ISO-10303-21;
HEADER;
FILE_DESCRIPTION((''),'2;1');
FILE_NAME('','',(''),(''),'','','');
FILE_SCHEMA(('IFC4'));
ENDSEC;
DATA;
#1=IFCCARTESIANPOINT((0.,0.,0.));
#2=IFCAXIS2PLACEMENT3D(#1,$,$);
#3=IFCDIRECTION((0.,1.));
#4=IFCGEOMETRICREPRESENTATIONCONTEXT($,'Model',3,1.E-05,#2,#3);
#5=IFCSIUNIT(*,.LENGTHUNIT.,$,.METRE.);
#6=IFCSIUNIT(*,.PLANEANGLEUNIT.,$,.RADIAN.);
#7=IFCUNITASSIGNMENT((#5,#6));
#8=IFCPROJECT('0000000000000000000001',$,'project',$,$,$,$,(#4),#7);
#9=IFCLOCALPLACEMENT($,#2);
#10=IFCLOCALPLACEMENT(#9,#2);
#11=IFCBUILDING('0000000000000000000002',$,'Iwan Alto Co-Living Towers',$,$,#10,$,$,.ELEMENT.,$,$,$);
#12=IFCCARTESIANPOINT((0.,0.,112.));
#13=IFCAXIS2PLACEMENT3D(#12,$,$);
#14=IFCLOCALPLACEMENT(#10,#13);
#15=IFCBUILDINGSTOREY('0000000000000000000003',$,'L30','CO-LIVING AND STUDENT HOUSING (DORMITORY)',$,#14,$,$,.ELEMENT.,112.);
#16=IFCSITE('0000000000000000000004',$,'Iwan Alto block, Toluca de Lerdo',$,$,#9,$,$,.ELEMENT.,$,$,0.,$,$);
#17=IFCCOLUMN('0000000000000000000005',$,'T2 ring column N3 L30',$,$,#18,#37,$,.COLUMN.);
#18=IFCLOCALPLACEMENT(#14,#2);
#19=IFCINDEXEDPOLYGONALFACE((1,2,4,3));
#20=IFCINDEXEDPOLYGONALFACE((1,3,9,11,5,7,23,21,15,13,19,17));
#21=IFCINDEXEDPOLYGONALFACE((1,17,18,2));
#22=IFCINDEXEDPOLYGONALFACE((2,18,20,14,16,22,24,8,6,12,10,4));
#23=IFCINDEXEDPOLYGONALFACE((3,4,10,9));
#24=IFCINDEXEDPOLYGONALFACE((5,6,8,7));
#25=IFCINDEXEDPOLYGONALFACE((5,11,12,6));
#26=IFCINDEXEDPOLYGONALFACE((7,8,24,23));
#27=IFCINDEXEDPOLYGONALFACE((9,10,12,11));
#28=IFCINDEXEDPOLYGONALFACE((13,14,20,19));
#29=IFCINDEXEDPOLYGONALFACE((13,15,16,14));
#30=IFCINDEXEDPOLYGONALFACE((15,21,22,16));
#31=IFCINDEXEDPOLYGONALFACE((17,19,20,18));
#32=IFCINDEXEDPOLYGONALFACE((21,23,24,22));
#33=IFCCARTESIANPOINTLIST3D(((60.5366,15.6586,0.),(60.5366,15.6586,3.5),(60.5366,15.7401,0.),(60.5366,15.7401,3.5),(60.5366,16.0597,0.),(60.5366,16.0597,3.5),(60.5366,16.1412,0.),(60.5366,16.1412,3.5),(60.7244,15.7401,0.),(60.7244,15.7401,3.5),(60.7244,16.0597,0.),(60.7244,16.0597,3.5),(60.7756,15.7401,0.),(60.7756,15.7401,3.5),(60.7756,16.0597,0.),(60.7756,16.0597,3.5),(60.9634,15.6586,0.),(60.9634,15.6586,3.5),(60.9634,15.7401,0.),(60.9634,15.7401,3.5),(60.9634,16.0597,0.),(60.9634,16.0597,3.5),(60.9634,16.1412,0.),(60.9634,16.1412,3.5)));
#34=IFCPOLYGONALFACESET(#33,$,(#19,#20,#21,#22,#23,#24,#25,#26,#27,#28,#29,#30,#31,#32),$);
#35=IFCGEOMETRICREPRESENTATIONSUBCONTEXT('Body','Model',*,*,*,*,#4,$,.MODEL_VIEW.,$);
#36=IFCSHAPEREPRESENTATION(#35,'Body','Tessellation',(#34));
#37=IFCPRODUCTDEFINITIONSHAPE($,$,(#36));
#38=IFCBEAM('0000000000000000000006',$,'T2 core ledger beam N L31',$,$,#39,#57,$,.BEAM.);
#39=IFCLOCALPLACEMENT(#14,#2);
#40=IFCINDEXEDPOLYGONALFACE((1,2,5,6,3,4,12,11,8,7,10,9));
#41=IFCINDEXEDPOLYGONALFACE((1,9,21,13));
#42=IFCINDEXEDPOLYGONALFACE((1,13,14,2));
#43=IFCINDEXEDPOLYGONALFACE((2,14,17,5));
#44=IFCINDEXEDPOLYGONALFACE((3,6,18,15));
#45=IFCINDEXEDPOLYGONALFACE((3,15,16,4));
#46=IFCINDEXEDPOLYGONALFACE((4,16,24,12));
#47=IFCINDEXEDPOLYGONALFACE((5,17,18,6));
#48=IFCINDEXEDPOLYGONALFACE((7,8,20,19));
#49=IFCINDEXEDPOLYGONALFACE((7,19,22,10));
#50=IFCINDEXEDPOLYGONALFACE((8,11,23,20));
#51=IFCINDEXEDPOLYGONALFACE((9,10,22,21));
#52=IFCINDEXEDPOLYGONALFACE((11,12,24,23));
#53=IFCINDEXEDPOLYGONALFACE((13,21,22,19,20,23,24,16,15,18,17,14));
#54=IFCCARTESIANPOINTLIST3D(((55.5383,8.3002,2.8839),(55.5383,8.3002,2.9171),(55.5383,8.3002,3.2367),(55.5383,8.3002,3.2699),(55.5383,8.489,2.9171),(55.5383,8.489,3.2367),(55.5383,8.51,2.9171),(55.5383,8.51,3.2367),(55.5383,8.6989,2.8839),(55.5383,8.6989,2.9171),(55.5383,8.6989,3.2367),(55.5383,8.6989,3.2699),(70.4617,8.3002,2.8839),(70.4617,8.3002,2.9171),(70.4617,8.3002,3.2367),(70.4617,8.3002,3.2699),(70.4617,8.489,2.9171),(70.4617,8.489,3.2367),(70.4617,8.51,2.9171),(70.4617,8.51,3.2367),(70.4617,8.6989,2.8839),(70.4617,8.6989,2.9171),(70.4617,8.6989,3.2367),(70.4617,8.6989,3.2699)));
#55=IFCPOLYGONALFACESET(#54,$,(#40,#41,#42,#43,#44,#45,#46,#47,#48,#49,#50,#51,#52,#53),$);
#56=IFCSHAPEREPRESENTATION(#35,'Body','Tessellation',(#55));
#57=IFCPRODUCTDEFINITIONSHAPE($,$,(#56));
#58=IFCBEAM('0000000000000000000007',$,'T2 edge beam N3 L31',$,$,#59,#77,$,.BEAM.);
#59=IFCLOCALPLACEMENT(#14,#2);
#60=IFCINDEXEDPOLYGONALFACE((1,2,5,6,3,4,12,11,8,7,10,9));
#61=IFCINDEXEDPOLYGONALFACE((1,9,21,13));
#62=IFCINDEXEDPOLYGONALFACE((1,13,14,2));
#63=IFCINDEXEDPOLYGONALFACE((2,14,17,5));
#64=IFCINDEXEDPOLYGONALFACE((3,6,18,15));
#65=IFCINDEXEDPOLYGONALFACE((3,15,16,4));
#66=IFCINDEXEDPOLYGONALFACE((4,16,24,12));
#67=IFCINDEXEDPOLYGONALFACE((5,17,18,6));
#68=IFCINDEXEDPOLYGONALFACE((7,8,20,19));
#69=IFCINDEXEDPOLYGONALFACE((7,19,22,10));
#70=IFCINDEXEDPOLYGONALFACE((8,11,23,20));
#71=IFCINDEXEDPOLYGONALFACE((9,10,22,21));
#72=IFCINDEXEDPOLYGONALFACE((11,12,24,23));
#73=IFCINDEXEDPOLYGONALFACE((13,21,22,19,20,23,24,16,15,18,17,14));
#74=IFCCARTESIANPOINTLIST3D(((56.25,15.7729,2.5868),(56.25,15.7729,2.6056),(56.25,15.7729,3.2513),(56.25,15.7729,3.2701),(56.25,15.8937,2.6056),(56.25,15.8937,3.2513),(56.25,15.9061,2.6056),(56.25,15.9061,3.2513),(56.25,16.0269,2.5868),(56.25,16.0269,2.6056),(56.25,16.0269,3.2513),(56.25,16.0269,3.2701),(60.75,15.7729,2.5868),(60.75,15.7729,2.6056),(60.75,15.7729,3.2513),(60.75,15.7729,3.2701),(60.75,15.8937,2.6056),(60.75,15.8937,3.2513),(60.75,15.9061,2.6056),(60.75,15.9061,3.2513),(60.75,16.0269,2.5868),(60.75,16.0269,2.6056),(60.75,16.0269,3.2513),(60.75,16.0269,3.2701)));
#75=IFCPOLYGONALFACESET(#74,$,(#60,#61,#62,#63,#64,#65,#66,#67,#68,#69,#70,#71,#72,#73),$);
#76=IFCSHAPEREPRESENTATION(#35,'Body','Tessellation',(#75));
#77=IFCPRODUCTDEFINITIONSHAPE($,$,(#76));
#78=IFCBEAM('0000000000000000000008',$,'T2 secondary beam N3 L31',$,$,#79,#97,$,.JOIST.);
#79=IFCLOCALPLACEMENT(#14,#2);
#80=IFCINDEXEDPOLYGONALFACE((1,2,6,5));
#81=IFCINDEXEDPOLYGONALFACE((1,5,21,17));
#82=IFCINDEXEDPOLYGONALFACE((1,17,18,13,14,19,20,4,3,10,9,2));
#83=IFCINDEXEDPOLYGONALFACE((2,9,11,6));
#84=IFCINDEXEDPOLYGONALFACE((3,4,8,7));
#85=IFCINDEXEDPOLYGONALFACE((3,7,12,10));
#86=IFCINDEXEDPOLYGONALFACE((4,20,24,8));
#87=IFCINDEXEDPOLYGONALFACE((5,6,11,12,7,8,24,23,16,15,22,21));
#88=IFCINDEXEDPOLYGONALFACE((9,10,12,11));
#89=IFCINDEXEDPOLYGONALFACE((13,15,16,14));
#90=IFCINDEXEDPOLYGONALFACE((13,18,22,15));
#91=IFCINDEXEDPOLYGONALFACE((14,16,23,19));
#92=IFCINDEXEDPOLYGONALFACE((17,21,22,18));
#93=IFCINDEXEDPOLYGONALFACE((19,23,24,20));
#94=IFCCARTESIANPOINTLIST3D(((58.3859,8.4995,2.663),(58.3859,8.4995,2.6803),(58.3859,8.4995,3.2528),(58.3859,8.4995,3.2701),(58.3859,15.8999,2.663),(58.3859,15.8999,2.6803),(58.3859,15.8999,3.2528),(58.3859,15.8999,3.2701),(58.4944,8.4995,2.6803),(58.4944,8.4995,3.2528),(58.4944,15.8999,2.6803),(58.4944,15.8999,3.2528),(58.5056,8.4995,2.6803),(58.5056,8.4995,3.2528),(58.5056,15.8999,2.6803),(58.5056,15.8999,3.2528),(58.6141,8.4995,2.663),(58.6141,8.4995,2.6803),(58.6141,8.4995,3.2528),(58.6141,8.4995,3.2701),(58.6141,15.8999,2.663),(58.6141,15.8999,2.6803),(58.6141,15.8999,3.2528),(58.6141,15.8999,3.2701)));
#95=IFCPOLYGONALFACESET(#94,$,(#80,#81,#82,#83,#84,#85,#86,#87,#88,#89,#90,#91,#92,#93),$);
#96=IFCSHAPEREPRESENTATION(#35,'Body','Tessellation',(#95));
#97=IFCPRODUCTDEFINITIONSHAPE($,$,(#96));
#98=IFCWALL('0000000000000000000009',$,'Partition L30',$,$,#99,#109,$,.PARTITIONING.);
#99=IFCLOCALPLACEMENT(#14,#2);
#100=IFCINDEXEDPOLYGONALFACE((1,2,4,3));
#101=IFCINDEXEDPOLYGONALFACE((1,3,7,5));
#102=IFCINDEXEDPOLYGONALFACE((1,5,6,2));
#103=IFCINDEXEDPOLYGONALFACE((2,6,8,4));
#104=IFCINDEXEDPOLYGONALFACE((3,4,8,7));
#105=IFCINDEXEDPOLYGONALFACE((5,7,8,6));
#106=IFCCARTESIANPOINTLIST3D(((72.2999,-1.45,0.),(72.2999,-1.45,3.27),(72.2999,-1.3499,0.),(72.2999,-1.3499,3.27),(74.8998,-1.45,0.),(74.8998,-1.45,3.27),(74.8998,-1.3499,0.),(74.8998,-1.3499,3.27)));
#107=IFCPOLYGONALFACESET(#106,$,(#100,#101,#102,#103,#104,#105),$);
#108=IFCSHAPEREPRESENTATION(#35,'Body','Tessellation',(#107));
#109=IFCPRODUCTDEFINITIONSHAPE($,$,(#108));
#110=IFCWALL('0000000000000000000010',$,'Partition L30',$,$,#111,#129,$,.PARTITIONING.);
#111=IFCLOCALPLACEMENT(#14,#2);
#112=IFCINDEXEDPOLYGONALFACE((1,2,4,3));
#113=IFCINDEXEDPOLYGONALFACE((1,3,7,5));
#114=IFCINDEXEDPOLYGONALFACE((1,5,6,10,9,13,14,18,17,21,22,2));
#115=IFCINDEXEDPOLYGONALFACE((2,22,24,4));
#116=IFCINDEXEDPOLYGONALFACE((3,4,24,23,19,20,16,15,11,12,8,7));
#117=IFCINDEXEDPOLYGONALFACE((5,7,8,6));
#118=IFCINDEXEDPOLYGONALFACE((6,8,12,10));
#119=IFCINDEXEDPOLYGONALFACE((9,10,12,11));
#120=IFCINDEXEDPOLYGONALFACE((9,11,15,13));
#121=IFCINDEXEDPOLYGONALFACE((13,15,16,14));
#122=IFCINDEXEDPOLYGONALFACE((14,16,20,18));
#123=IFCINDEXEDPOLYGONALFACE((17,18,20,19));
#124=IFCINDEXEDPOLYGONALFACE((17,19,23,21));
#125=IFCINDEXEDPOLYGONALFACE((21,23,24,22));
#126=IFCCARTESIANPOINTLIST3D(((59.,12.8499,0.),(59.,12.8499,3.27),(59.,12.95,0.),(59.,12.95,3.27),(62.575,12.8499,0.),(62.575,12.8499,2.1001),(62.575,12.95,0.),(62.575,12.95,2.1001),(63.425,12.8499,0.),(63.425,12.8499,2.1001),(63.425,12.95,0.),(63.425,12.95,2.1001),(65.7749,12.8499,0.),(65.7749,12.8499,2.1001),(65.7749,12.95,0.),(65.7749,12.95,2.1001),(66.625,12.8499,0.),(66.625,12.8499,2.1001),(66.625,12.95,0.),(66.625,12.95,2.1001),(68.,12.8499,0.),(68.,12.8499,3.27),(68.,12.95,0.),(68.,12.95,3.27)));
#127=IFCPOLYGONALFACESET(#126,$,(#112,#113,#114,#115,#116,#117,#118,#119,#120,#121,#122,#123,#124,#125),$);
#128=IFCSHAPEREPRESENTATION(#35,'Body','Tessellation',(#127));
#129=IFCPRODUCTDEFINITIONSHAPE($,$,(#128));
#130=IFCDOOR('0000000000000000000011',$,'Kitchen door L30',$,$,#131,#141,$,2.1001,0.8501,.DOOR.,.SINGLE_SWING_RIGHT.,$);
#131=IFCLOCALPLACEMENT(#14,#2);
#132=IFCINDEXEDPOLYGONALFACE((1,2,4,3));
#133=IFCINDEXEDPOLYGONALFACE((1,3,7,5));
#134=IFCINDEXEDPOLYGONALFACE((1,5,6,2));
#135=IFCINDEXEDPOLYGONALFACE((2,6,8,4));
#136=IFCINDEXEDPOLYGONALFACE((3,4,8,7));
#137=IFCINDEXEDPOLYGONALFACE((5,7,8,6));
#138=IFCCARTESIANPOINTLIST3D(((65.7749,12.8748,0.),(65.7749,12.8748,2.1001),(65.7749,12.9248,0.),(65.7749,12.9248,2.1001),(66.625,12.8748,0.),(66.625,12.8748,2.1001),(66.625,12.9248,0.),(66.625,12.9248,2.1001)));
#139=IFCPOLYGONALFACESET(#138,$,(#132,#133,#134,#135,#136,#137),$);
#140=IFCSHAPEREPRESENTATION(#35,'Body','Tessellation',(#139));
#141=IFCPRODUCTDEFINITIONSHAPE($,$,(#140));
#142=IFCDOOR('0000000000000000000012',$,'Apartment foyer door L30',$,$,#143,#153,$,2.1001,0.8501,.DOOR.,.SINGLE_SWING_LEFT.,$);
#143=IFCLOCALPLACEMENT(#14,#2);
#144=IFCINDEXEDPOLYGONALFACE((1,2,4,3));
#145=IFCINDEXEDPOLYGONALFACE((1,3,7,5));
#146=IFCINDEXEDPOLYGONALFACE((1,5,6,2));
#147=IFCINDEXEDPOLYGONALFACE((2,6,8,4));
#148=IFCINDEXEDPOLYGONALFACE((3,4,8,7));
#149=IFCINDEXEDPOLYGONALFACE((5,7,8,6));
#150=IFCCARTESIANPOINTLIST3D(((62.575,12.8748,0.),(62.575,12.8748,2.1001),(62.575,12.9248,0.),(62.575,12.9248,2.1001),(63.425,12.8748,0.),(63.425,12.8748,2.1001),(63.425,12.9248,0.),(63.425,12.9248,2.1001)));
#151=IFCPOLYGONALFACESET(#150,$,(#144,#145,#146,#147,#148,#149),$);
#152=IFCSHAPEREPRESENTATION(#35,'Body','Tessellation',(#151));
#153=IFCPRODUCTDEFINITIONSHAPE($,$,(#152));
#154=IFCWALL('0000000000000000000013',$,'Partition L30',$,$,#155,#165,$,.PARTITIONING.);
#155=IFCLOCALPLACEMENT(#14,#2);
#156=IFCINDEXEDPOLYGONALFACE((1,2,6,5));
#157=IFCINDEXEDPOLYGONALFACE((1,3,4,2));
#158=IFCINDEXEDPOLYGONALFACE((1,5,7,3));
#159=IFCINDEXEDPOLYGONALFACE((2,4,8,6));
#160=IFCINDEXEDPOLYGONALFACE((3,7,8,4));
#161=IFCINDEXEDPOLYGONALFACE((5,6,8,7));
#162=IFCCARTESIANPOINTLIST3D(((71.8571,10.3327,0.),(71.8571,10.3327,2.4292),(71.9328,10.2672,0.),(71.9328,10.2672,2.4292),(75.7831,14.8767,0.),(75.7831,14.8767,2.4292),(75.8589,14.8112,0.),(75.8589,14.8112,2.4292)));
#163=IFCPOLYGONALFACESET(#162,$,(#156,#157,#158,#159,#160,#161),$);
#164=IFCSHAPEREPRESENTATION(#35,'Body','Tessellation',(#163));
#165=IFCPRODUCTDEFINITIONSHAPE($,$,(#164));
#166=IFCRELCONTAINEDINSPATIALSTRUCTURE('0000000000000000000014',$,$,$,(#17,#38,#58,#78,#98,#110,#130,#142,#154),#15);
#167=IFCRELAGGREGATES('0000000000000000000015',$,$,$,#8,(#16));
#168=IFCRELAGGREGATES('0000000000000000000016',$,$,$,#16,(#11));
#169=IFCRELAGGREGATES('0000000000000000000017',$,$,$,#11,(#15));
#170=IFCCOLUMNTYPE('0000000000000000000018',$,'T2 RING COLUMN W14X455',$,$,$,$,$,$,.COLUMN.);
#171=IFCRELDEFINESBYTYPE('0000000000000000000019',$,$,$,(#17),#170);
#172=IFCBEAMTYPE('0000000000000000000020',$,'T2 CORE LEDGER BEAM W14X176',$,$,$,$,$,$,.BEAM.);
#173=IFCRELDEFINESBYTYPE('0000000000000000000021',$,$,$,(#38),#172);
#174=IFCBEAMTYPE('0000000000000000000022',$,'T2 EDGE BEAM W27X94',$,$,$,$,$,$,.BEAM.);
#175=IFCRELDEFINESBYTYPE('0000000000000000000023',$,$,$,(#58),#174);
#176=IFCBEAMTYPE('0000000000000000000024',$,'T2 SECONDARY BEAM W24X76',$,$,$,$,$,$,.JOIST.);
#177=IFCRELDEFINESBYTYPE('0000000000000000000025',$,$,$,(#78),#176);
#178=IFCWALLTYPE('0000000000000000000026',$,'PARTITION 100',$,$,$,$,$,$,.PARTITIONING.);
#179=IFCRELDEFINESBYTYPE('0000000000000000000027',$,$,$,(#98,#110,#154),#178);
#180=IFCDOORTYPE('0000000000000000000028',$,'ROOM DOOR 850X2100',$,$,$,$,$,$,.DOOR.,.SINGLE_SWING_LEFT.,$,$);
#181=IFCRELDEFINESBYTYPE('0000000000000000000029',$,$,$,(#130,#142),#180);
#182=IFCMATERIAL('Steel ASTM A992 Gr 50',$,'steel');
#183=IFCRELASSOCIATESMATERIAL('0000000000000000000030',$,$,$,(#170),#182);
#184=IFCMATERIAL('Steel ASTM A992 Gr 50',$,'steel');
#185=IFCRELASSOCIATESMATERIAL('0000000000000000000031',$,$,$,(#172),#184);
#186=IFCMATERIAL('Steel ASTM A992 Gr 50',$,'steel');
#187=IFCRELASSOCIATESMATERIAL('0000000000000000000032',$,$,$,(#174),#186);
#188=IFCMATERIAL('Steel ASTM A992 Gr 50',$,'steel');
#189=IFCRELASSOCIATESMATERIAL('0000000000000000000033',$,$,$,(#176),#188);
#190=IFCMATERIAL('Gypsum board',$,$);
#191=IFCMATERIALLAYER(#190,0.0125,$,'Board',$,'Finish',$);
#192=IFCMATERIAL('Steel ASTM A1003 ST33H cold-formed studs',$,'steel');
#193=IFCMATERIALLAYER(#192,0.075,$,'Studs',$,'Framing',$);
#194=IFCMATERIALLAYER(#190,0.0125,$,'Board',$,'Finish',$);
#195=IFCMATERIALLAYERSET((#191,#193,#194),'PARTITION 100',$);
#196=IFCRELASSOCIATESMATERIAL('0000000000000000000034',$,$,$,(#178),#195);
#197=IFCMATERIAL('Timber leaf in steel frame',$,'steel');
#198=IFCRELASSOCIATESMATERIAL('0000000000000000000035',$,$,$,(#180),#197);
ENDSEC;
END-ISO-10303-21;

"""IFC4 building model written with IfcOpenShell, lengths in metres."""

from ifc_helpers import new_model, si_unit, direction, frame, frame_2d, origin, origin_2d, place, context, subcontext, project, spatial, rectangle, i_section, extrude, material, layer, layer_set, material_profile, profile_set, type_object, element, fill, save


model = new_model("IFC4")

# Units and contexts
model_context = context("Model", 3, precision=1e-05, world=origin(), true_north=direction((0.0, 1.0)))
body_context = subcontext(model_context, "Body", "Model", "MODEL_VIEW")
ifc_project = project(units=[si_unit("LENGTHUNIT", "METRE"), si_unit("PLANEANGLEUNIT", "RADIAN")], contexts=[model_context])

# Site, building, storey
site_placement = place(None, origin())
site = spatial("IfcSite", under=ifc_project, at=site_placement, Name="Iwan Alto block, Toluca de Lerdo", CompositionType="ELEMENT", RefElevation=0.0)
building_placement = place(site_placement, origin())
building = spatial("IfcBuilding", under=site, at=building_placement, Name="Iwan Alto Co-Living Towers", CompositionType="ELEMENT")
storey_placement = place(building_placement, frame((0.0, 0.0, 112.0)))
storey = spatial("IfcBuildingStorey", under=building, at=storey_placement, Name="L30", Description="CO-LIVING AND STUDENT HOUSING (DORMITORY)", CompositionType="ELEMENT", Elevation=112.0)

# Column
ifc_material_1 = material(Name="Steel ASTM A992 Gr 50", Category="steel")
ifc_material_profile_1 = material_profile(ifc_material_1, i_section(OverallWidth=0.4268, OverallDepth=0.4827, WebThickness=0.0513, FlangeThickness=0.0815, at=origin_2d()), Name="W14X455")
ifc_profile_set_1 = profile_set([ifc_material_profile_1], Name="Steel ASTM A992 Gr 50")
column_type = type_object("IfcColumnType", Name="T2 RING COLUMN W14X455", PredefinedType="COLUMN", material=ifc_profile_set_1)
column_placement = place(storey_placement, frame((60.75, 15.8999, 0.0), z_axis=(0.0, 0.0, 1.0), x_axis=(1.0, 0.0, 0.0)))
element("IfcColumn", 1, at=column_placement, inside=storey, type_object=column_type, Name="T2 ring column N3 L30", PredefinedType="COLUMN", context=body_context, shape_type="SweptSolid", body=[
    extrude(i_section(OverallWidth=0.4268, OverallDepth=0.4827, WebThickness=0.0513, FlangeThickness=0.0815, at=origin_2d()), origin(), (0.0, 0.0, 1.0), 3.5),
])

# Beams
ifc_material_2 = material(Name="Steel ASTM A992 Gr 50", Category="steel")
ifc_material_profile_2 = material_profile(ifc_material_2, i_section(OverallWidth=0.3987, OverallDepth=0.386, WebThickness=0.021, FlangeThickness=0.0332, at=origin_2d()), Name="W14X176")
ifc_profile_set_2 = profile_set([ifc_material_profile_2], Name="Steel ASTM A992 Gr 50")
beam_type_1 = type_object("IfcBeamType", Name="T2 CORE LEDGER BEAM W14X176", PredefinedType="BEAM", material=ifc_profile_set_2)
beam_1_placement = place(storey_placement, frame((70.4617, 8.4995, 3.0769), z_axis=(-1.0, 0.0, 0.0), x_axis=(0.0, -1.0, 0.0)))
element("IfcBeam", 2, at=beam_1_placement, inside=storey, type_object=beam_type_1, Name="T2 core ledger beam N L31", PredefinedType="BEAM", context=body_context, shape_type="SweptSolid", body=[
    extrude(i_section(OverallWidth=0.3987, OverallDepth=0.386, WebThickness=0.021, FlangeThickness=0.0332, at=origin_2d()), origin(), (0.0, 0.0, 1.0), 14.9233),
])
ifc_material_3 = material(Name="Steel ASTM A992 Gr 50", Category="steel")
ifc_material_profile_3 = material_profile(ifc_material_3, i_section(OverallWidth=0.2539, OverallDepth=0.6833, WebThickness=0.0125, FlangeThickness=0.0188, at=origin_2d()), Name="W27X94")
ifc_profile_set_3 = profile_set([ifc_material_profile_3], Name="Steel ASTM A992 Gr 50")
beam_type_2 = type_object("IfcBeamType", Name="T2 EDGE BEAM W27X94", PredefinedType="BEAM", material=ifc_profile_set_3)
beam_2_placement = place(storey_placement, frame((60.75, 15.8999, 2.9285), z_axis=(-1.0, 0.0, 0.0), x_axis=(0.0, -1.0, 0.0)))
element("IfcBeam", 3, at=beam_2_placement, inside=storey, type_object=beam_type_2, Name="T2 edge beam N3 L31", PredefinedType="BEAM", context=body_context, shape_type="SweptSolid", body=[
    extrude(i_section(OverallWidth=0.2539, OverallDepth=0.6833, WebThickness=0.0125, FlangeThickness=0.0188, at=origin_2d()), origin(), (0.0, 0.0, 1.0), 4.5),
])
ifc_material_4 = material(Name="Steel ASTM A992 Gr 50", Category="steel")
ifc_material_profile_4 = material_profile(ifc_material_4, i_section(OverallWidth=0.2283, OverallDepth=0.6072, WebThickness=0.0112, FlangeThickness=0.0173, at=origin_2d()), Name="W24X76")
ifc_profile_set_4 = profile_set([ifc_material_profile_4], Name="Steel ASTM A992 Gr 50")
beam_type_3 = type_object("IfcBeamType", Name="T2 SECONDARY BEAM W24X76", PredefinedType="JOIST", material=ifc_profile_set_4)
beam_3_placement = place(storey_placement, frame((58.5, 15.8999, 2.9666), z_axis=(0.0, -1.0, 0.0), x_axis=(1.0, 0.0, 0.0)))
element("IfcBeam", 4, at=beam_3_placement, inside=storey, type_object=beam_type_3, Name="T2 secondary beam N3 L31", PredefinedType="JOIST", context=body_context, shape_type="SweptSolid", body=[
    extrude(i_section(OverallWidth=0.2283, OverallDepth=0.6072, WebThickness=0.0112, FlangeThickness=0.0173, at=origin_2d()), origin(), (0.0, 0.0, 1.0), 7.4004),
])

# Wall
ifc_material_5 = material(Name="Gypsum board")
ifc_layer_1 = layer(ifc_material_5, 0.0125, Name="Board", Category="Finish")
ifc_material_6 = material(Name="Steel ASTM A1003 ST33H cold-formed studs", Category="steel")
ifc_layer_2 = layer(ifc_material_6, 0.075, Name="Studs", Category="Framing")
ifc_layer_3 = layer(ifc_material_5, 0.0125, Name="Board", Category="Finish")
ifc_layer_set_1 = layer_set([ifc_layer_1, ifc_layer_2, ifc_layer_3], Name="PARTITION 100")
wall_type_1 = type_object("IfcWallType", Name="PARTITION 100", PredefinedType="PARTITIONING", material=ifc_layer_set_1)
wall_1_placement = place(storey_placement, frame((72.3, -1.3999, 0.0), z_axis=(0.0, 0.0, 1.0), x_axis=(1.0, 0.0, 0.0)))
element("IfcWall", 5, at=wall_1_placement, inside=storey, type_object=wall_type_1, Name="Partition L30", PredefinedType="PARTITIONING", context=body_context, shape_type="SweptSolid", body=[
    extrude(rectangle(XDim=2.5999, YDim=0.1001, at=frame_2d((1.2998, 0.0))), origin(), (0.0, 0.0, 1.0), 3.27),
])

# Wall, openings, doors
wall_2_placement = place(storey_placement, frame((59.0, 12.8999, 0.0), z_axis=(0.0, 0.0, 1.0), x_axis=(1.0, 0.0, 0.0)))
wall_2 = element("IfcWall", 6, at=wall_2_placement, inside=storey, type_object=wall_type_1, Name="Partition L30", PredefinedType="PARTITIONING", context=body_context, shape_type="SweptSolid", body=[
    extrude(rectangle(XDim=9.0, YDim=0.1001, at=frame_2d((4.5, 0.0))), origin(), (0.0, 0.0, 1.0), 3.27),
])
opening_1_placement = place(wall_2_placement, frame((6.7749, 0.0, 0.0)))
opening_1 = element("IfcOpeningElement", 7, at=opening_1_placement, cuts=wall_2, PredefinedType="OPENING", context=body_context, shape_type="SweptSolid", body=[
    extrude(rectangle(XDim=0.8501, YDim=2.1001, at=frame_2d((0.425, 1.05))), frame((0.0, 0.0601, 0.0), z_axis=(0.0, -1.0, 0.0), x_axis=(1.0, 0.0, 0.0)), (0.0, 0.0, 1.0), 0.1201),
])
opening_2_placement = place(wall_2_placement, frame((3.575, 0.0, 0.0)))
opening_2 = element("IfcOpeningElement", 8, at=opening_2_placement, cuts=wall_2, PredefinedType="OPENING", context=body_context, shape_type="SweptSolid", body=[
    extrude(rectangle(XDim=0.8501, YDim=2.1001, at=frame_2d((0.425, 1.05))), frame((0.0, 0.0601, 0.0), z_axis=(0.0, -1.0, 0.0), x_axis=(1.0, 0.0, 0.0)), (0.0, 0.0, 1.0), 0.1201),
])
ifc_material_7 = material(Name="Timber leaf in steel frame", Category="steel")
door_type_1 = type_object("IfcDoorType", Name="ROOM DOOR 850X2100", OperationType="SINGLE_SWING_LEFT", PredefinedType="DOOR", material=ifc_material_7)
door_1_placement = place(opening_1_placement, origin())
door_1 = element("IfcDoor", 9, at=door_1_placement, inside=storey, type_object=door_type_1, Name="Kitchen door L30", OperationType="SINGLE_SWING_RIGHT", OverallHeight=2.1001, OverallWidth=0.8501, PredefinedType="DOOR", context=body_context, shape_type="SweptSolid", body=[
    extrude(rectangle(XDim=0.8501, YDim=2.1001, at=frame_2d((0.425, 1.05))), frame((0.0, 0.0249, 0.0), z_axis=(0.0, -1.0, 0.0), x_axis=(1.0, 0.0, 0.0)), (0.0, 0.0, 1.0), 0.05),
])
fill(opening_1, door_1)
door_2_placement = place(opening_2_placement, origin())
door_2 = element("IfcDoor", 10, at=door_2_placement, inside=storey, type_object=door_type_1, Name="Apartment foyer door L30", OperationType="SINGLE_SWING_LEFT", OverallHeight=2.1001, OverallWidth=0.8501, PredefinedType="DOOR", context=body_context, shape_type="SweptSolid", body=[
    extrude(rectangle(XDim=0.8501, YDim=2.1001, at=frame_2d((0.425, 1.05))), frame((0.0, 0.0249, 0.0), z_axis=(0.0, -1.0, 0.0), x_axis=(1.0, 0.0, 0.0)), (0.0, 0.0, 1.0), 0.05),
])
fill(opening_2, door_2)

# Wall
wall_3_placement = place(storey_placement, frame((71.895, 10.3, 0.0), z_axis=(0.0, 0.0, 1.0), x_axis=(0.653783, 0.756682, 0.0)))
element("IfcWall", 11, at=wall_3_placement, inside=storey, type_object=wall_type_1, Name="Partition L30", PredefinedType="PARTITIONING", context=body_context, shape_type="SweptSolid", body=[
    extrude(rectangle(XDim=6.0051, YDim=0.1001, at=frame_2d((3.0024, 0.0))), origin(), (0.0, 0.0, 1.0), 2.4292),
])

save(model, "model.ifc")
